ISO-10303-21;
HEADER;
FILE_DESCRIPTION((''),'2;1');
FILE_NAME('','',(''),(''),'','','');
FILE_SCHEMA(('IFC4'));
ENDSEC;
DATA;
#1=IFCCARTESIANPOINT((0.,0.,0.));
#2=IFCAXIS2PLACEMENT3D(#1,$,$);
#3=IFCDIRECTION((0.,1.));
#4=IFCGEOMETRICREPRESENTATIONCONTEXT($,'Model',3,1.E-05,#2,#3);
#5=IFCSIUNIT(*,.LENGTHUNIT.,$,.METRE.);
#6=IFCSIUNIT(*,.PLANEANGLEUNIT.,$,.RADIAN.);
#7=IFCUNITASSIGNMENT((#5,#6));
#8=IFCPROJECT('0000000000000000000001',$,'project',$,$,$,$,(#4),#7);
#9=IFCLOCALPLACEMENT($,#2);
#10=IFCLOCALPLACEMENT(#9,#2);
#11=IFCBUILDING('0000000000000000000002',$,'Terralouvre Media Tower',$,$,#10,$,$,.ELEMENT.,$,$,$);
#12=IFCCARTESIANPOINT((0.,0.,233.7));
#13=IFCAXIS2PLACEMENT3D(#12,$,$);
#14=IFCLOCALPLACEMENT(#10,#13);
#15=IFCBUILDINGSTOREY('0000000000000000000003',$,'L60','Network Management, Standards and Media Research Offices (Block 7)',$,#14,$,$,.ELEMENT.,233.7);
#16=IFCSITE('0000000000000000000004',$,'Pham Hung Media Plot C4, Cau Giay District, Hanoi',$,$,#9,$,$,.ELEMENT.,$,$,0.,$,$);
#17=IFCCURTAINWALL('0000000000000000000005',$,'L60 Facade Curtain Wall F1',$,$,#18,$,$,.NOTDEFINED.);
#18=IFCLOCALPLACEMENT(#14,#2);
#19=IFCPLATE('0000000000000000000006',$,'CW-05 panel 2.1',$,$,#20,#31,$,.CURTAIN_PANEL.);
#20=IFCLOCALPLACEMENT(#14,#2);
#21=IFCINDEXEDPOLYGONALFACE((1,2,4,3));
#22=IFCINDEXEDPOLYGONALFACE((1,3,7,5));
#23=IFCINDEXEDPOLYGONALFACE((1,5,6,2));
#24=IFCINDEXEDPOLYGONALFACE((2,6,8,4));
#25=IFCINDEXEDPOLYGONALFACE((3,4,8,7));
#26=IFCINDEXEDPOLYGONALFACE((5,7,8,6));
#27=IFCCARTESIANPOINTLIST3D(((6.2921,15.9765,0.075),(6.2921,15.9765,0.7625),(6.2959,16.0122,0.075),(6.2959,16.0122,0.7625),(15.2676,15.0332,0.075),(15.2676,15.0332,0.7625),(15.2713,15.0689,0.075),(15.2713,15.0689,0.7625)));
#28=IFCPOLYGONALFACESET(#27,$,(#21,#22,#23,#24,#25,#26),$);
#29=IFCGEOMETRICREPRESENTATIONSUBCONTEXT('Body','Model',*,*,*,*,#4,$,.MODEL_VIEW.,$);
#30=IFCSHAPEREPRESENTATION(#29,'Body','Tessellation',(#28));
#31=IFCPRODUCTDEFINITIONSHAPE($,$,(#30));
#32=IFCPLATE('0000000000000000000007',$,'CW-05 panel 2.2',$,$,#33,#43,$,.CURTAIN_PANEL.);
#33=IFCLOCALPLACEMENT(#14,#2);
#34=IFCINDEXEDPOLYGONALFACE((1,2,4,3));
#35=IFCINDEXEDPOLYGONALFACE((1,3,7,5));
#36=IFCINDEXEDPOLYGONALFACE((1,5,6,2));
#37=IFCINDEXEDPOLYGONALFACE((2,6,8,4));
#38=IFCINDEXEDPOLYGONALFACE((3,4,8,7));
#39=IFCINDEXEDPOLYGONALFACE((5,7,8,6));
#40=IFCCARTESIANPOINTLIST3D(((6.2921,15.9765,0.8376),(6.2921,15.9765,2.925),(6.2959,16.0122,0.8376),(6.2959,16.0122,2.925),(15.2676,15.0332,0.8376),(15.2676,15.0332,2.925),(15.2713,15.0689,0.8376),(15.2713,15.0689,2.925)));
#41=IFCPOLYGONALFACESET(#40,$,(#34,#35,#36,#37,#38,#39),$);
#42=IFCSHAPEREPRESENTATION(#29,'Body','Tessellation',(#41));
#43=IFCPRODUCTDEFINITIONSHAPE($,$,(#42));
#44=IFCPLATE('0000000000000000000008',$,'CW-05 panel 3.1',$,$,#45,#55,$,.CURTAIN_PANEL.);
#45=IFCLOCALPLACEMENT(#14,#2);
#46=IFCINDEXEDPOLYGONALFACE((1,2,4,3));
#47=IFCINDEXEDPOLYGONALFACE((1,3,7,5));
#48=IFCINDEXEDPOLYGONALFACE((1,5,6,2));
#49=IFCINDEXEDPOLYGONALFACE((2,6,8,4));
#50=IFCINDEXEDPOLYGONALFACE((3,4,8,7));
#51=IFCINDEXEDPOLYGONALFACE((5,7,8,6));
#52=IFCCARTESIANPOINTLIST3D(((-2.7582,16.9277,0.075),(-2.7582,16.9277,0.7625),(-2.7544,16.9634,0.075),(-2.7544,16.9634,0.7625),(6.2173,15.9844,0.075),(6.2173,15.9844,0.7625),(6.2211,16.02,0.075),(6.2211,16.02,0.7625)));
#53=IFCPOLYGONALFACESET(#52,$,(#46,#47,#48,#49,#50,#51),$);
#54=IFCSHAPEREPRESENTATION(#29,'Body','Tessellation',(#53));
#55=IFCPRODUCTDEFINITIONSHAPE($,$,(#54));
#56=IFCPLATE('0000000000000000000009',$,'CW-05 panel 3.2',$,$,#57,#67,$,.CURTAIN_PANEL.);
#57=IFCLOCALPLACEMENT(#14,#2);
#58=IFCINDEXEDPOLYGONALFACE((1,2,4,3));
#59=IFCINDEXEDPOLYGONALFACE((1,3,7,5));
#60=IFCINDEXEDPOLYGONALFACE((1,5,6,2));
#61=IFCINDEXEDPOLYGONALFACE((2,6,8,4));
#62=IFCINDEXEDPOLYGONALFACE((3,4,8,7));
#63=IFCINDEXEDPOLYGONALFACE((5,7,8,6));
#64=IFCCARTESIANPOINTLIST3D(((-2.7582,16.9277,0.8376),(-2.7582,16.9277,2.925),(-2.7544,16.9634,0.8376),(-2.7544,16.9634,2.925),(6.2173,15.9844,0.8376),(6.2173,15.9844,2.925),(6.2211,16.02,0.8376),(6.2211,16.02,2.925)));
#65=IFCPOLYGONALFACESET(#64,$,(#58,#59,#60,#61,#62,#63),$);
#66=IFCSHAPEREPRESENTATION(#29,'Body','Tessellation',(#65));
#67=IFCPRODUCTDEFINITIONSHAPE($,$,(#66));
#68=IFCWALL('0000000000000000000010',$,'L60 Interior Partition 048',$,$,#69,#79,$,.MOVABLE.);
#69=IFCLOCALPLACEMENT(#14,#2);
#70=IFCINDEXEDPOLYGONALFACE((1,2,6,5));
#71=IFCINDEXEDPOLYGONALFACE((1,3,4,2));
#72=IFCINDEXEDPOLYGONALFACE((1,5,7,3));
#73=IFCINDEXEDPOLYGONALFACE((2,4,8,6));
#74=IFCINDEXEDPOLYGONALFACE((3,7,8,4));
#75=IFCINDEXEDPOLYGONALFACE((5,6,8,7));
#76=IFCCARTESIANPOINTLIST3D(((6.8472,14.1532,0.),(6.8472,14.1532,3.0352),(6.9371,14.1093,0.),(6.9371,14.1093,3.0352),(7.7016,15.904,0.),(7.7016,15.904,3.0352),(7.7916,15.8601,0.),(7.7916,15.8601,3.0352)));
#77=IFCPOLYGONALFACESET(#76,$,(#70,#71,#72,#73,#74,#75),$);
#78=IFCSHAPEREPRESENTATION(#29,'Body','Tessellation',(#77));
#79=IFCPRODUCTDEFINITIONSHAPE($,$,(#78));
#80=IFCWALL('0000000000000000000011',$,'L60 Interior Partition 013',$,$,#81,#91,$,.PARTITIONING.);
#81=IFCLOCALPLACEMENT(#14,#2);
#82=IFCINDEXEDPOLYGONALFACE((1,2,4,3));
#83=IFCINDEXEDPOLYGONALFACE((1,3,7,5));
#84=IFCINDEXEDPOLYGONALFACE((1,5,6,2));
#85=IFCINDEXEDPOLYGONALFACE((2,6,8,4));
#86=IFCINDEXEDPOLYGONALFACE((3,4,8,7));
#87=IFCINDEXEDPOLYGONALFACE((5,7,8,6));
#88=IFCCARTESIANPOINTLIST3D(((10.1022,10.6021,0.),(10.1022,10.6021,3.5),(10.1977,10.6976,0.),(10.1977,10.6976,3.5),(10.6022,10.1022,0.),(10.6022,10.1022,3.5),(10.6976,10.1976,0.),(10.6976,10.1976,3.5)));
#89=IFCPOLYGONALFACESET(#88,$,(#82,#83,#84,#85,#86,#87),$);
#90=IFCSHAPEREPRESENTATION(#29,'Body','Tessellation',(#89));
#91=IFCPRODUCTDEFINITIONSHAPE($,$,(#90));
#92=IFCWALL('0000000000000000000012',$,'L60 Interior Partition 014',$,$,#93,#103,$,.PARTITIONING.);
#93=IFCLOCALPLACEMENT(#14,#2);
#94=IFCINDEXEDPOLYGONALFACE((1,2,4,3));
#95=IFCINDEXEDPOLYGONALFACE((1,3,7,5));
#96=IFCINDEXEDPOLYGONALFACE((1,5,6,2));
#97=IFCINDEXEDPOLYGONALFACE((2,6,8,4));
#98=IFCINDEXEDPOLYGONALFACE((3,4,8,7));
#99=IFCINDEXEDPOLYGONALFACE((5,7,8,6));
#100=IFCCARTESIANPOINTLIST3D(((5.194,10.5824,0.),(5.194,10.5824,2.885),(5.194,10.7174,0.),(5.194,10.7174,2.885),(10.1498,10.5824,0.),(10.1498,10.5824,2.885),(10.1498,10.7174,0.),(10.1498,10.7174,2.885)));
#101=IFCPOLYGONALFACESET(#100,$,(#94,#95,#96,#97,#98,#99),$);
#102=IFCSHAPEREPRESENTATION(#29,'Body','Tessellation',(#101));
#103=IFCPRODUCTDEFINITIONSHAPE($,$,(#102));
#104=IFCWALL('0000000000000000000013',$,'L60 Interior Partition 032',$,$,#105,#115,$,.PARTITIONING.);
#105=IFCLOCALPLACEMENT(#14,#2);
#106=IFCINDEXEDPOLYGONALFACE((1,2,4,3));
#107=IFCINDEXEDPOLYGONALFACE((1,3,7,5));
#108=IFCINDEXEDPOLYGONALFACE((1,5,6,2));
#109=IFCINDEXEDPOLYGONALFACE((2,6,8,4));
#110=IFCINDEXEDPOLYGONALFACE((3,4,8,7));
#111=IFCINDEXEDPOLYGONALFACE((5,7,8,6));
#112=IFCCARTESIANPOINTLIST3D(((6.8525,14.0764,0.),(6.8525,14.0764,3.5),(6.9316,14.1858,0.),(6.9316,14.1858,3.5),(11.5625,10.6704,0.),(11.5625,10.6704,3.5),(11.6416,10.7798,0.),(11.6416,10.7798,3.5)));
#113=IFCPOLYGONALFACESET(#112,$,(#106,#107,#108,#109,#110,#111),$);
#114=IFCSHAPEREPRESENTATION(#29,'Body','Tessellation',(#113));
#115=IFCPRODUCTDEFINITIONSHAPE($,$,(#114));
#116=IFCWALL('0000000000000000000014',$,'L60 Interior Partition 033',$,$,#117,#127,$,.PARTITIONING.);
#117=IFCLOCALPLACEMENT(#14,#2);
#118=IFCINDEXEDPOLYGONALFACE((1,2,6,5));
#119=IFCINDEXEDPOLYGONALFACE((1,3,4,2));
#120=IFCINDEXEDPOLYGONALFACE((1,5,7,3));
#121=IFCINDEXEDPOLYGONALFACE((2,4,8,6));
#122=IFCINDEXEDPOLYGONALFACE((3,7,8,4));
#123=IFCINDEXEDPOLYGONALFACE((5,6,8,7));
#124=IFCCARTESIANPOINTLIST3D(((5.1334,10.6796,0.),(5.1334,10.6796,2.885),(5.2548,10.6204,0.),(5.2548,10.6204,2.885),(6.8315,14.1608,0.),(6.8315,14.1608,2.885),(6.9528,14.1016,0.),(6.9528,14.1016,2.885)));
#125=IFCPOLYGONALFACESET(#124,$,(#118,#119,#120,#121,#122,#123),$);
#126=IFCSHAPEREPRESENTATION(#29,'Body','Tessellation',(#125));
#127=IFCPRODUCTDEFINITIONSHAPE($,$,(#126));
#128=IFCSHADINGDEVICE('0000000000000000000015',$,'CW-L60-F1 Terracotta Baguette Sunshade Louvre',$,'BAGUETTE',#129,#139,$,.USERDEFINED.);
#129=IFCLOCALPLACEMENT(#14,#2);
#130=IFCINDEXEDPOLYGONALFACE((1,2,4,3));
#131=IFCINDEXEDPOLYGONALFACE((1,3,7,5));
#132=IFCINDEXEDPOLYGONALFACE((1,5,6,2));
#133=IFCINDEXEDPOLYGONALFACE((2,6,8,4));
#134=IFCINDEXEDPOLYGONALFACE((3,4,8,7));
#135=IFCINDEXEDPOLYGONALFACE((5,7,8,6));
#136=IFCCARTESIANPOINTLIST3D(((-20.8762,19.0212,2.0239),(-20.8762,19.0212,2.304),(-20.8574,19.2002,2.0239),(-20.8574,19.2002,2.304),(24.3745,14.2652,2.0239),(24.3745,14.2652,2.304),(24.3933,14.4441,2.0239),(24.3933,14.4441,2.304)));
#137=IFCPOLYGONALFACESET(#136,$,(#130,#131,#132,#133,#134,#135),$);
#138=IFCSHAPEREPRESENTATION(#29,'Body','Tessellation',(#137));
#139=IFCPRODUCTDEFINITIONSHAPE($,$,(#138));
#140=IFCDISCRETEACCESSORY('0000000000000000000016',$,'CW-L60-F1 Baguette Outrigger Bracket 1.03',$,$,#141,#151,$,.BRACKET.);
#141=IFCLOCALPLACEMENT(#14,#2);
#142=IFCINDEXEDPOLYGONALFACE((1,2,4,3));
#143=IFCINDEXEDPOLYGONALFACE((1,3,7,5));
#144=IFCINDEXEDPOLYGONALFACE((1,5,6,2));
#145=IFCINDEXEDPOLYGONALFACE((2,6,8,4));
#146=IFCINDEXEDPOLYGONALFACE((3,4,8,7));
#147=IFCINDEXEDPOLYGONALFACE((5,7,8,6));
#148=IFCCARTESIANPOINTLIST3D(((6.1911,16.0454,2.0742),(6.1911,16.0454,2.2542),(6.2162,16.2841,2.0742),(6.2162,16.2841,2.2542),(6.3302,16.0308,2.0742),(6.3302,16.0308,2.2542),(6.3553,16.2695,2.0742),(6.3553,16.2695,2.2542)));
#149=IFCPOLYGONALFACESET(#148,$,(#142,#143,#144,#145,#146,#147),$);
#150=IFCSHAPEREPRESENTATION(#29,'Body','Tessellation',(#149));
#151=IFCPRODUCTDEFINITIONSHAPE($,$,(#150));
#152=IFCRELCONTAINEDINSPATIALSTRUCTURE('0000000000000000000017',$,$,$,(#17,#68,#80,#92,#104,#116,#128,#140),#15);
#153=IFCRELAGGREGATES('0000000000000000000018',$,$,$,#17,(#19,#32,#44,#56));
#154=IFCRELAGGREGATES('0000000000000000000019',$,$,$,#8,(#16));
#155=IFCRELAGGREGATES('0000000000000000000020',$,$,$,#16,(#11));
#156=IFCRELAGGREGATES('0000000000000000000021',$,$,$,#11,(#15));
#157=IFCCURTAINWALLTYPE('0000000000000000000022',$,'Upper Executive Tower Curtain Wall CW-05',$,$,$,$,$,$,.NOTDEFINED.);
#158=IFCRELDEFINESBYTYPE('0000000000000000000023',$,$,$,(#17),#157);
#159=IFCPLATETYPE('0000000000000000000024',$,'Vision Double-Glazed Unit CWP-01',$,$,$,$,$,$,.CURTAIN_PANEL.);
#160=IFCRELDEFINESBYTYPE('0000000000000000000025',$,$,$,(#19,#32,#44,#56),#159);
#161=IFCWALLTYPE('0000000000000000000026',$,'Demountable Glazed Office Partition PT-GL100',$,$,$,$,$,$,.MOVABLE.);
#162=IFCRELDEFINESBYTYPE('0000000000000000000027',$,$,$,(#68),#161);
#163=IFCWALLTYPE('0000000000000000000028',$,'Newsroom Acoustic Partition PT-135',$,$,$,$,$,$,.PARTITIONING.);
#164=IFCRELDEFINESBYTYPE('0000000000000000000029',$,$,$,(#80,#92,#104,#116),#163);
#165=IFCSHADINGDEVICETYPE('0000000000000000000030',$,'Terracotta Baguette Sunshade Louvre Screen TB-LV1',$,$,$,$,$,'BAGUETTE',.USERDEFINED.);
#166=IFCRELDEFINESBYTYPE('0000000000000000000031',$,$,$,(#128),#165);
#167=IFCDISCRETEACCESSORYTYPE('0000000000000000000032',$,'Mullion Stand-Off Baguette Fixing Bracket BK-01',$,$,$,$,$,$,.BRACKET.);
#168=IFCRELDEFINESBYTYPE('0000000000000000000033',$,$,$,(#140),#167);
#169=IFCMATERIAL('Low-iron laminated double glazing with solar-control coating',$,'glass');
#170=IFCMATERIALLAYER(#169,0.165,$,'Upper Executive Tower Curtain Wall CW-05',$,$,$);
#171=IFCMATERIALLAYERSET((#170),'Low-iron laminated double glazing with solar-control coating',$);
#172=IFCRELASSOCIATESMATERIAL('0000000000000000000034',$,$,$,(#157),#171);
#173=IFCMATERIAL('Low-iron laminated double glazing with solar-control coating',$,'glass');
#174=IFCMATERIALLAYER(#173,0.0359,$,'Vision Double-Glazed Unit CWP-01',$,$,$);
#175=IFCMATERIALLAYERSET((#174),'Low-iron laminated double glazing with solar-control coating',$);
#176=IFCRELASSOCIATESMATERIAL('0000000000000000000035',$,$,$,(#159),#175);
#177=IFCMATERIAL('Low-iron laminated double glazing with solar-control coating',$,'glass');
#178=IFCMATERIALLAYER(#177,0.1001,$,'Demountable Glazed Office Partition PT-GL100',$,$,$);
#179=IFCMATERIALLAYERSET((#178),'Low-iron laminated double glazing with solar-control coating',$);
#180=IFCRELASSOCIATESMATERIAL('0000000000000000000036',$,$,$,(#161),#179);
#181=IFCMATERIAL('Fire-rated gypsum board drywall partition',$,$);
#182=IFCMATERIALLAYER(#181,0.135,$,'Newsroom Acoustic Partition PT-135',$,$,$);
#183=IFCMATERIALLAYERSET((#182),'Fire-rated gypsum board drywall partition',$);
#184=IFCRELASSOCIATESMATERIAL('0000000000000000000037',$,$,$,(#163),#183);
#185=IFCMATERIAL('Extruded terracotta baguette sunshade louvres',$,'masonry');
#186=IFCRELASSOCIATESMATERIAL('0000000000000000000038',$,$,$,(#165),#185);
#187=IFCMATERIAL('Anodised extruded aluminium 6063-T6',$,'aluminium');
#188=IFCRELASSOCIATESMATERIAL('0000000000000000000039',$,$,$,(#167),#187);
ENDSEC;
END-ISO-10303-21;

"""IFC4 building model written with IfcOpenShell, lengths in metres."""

from ifc_helpers import new_model, si_unit, direction, frame, frame_2d, origin, origin_2d, place, context, subcontext, project, spatial, rectangle, extrude, material, layer, layer_set, type_object, element, aggregate, save


model = new_model("IFC4")

# Units and contexts
model_context = context("Model", 3, precision=1e-05, world=origin(), true_north=direction((0.0, 1.0)))
body_context = subcontext(model_context, "Body", "Model", "MODEL_VIEW")
ifc_project = project(units=[si_unit("LENGTHUNIT", "METRE"), si_unit("PLANEANGLEUNIT", "RADIAN")], contexts=[model_context])

# Site, building, storey
site_placement = place(None, origin())
site = spatial("IfcSite", under=ifc_project, at=site_placement, Name="Pham Hung Media Plot C4, Cau Giay District, Hanoi", CompositionType="ELEMENT", RefElevation=0.0)
building_placement = place(site_placement, origin())
building = spatial("IfcBuilding", under=site, at=building_placement, Name="Terralouvre Media Tower", CompositionType="ELEMENT")
storey_placement = place(building_placement, frame((0.0, 0.0, 233.7)))
storey = spatial("IfcBuildingStorey", under=building, at=storey_placement, Name="L60", Description="Network Management, Standards and Media Research Offices (Block 7)", CompositionType="ELEMENT", Elevation=233.7)

# Curtain wall
ifc_material_1 = material(Name="Low-iron laminated double glazing with solar-control coating", Category="glass")
ifc_layer_1 = layer(ifc_material_1, 0.165, Name="Upper Executive Tower Curtain Wall CW-05")
ifc_layer_set_1 = layer_set([ifc_layer_1], Name="Low-iron laminated double glazing with solar-control coating")
curtain_wall_type = type_object("IfcCurtainWallType", Name="Upper Executive Tower Curtain Wall CW-05", PredefinedType="NOTDEFINED", material=ifc_layer_set_1)
curtain_wall_placement = place(storey_placement, origin())
curtain_wall = element("IfcCurtainWall", 1, at=curtain_wall_placement, inside=storey, type_object=curtain_wall_type, Name="L60 Facade Curtain Wall F1", PredefinedType="NOTDEFINED")

# Plates
ifc_material_2 = material(Name="Low-iron laminated double glazing with solar-control coating", Category="glass")
ifc_layer_2 = layer(ifc_material_2, 0.0359, Name="Vision Double-Glazed Unit CWP-01")
ifc_layer_set_2 = layer_set([ifc_layer_2], Name="Low-iron laminated double glazing with solar-control coating")
plate_type = type_object("IfcPlateType", Name="Vision Double-Glazed Unit CWP-01", PredefinedType="CURTAIN_PANEL", material=ifc_layer_set_2)
plate_1_placement = place(storey_placement, frame((10.7817, 15.5227, 0.075), z_axis=(0.0, 0.0, 1.0), x_axis=(-0.994522, 0.104529, 0.0)))
plate_1 = element("IfcPlate", 2, at=plate_1_placement, type_object=plate_type, Name="CW-05 panel 2.1", PredefinedType="CURTAIN_PANEL", context=body_context, shape_type="SweptSolid", body=[
    extrude(rectangle(XDim=9.0249, YDim=0.0359, at=origin_2d()), origin(), (0.0, 0.0, 1.0), 0.6875),
])
plate_2_placement = place(storey_placement, frame((10.7817, 15.5227, 0.8376), z_axis=(0.0, 0.0, 1.0), x_axis=(-0.994522, 0.104529, 0.0)))
plate_2 = element("IfcPlate", 3, at=plate_2_placement, type_object=plate_type, Name="CW-05 panel 2.2", PredefinedType="CURTAIN_PANEL", context=body_context, shape_type="SweptSolid", body=[
    extrude(rectangle(XDim=9.0249, YDim=0.0359, at=origin_2d()), origin(), (0.0, 0.0, 1.0), 2.0874),
])
plate_3_placement = place(storey_placement, frame((1.7314, 16.4739, 0.075), z_axis=(0.0, 0.0, 1.0), x_axis=(-0.994522, 0.104529, 0.0)))
plate_3 = element("IfcPlate", 4, at=plate_3_placement, type_object=plate_type, Name="CW-05 panel 3.1", PredefinedType="CURTAIN_PANEL", context=body_context, shape_type="SweptSolid", body=[
    extrude(rectangle(XDim=9.0249, YDim=0.0359, at=origin_2d()), origin(), (0.0, 0.0, 1.0), 0.6875),
])
plate_4_placement = place(storey_placement, frame((1.7314, 16.4739, 0.8376), z_axis=(0.0, 0.0, 1.0), x_axis=(-0.994522, 0.104529, 0.0)))
plate_4 = element("IfcPlate", 5, at=plate_4_placement, type_object=plate_type, Name="CW-05 panel 3.2", PredefinedType="CURTAIN_PANEL", context=body_context, shape_type="SweptSolid", body=[
    extrude(rectangle(XDim=9.0249, YDim=0.0359, at=origin_2d()), origin(), (0.0, 0.0, 1.0), 2.0874),
])
aggregate(curtain_wall, [plate_1, plate_2, plate_3, plate_4])

# Walls
ifc_material_3 = material(Name="Low-iron laminated double glazing with solar-control coating", Category="glass")
ifc_layer_3 = layer(ifc_material_3, 0.1001, Name="Demountable Glazed Office Partition PT-GL100")
ifc_layer_set_3 = layer_set([ifc_layer_3], Name="Low-iron laminated double glazing with solar-control coating")
wall_type_1 = type_object("IfcWallType", Name="Demountable Glazed Office Partition PT-GL100", PredefinedType="MOVABLE", material=ifc_layer_set_3)
wall_1_placement = place(storey_placement, frame((7.7466, 15.8821, 0.0), z_axis=(0.0, 0.0, 1.0), x_axis=(-0.438572, -0.898696, 0.0)))
element("IfcWall", 6, at=wall_1_placement, inside=storey, type_object=wall_type_1, Name="L60 Interior Partition 048", PredefinedType="MOVABLE", context=body_context, shape_type="SweptSolid", body=[
    extrude(rectangle(XDim=1.9482, YDim=0.1001, at=frame_2d((0.9741, 0.0))), origin(), (0.0, 0.0, 1.0), 3.0352),
])
ifc_material_4 = material(Name="Fire-rated gypsum board drywall partition")
ifc_layer_4 = layer(ifc_material_4, 0.135, Name="Newsroom Acoustic Partition PT-135")
ifc_layer_set_4 = layer_set([ifc_layer_4], Name="Fire-rated gypsum board drywall partition")
wall_type_2 = type_object("IfcWallType", Name="Newsroom Acoustic Partition PT-135", PredefinedType="PARTITIONING", material=ifc_layer_set_4)
wall_2_placement = place(storey_placement, frame((10.6499, 10.1499, 0.0), z_axis=(0.0, 0.0, 1.0), x_axis=(-0.707107, 0.707107, 0.0)))
element("IfcWall", 7, at=wall_2_placement, inside=storey, type_object=wall_type_2, Name="L60 Interior Partition 013", PredefinedType="PARTITIONING", context=body_context, shape_type="SweptSolid", body=[
    extrude(rectangle(XDim=0.707, YDim=0.135, at=frame_2d((0.3535, 0.0))), origin(), (0.0, 0.0, 1.0), 3.5),
])
wall_3_placement = place(storey_placement, frame((10.1499, 10.6499, 0.0), z_axis=(0.0, 0.0, 1.0), x_axis=(-1.0, 0.0, 0.0)))
element("IfcWall", 8, at=wall_3_placement, inside=storey, type_object=wall_type_2, Name="L60 Interior Partition 014", PredefinedType="PARTITIONING", context=body_context, shape_type="SweptSolid", body=[
    extrude(rectangle(XDim=4.9558, YDim=0.135, at=frame_2d((2.478, 0.0))), origin(), (0.0, 0.0, 1.0), 2.885),
])

# Walls
wall_4_placement = place(storey_placement, frame((11.6021, 10.7251, 0.0), z_axis=(0.0, 0.0, 1.0), x_axis=(-0.810322, 0.585984, 0.0)))
element("IfcWall", 9, at=wall_4_placement, inside=storey, type_object=wall_type_2, Name="L60 Interior Partition 032", PredefinedType="PARTITIONING", context=body_context, shape_type="SweptSolid", body=[
    extrude(rectangle(XDim=5.8125, YDim=0.135, at=frame_2d((2.9062, 0.0))), origin(), (0.0, 0.0, 1.0), 3.5),
])
wall_5_placement = place(storey_placement, frame((6.8921, 14.1311, 0.0), z_axis=(0.0, 0.0, 1.0), x_axis=(-0.438393, -0.898784, 0.0)))
element("IfcWall", 10, at=wall_5_placement, inside=storey, type_object=wall_type_2, Name="L60 Interior Partition 033", PredefinedType="PARTITIONING", context=body_context, shape_type="SweptSolid", body=[
    extrude(rectangle(XDim=3.8733, YDim=0.135, at=frame_2d((1.9365, 0.0))), origin(), (0.0, 0.0, 1.0), 2.885),
])

# Shading device
ifc_material_5 = material(Name="Extruded terracotta baguette sunshade louvres", Category="masonry")
shading_device_type = type_object("IfcShadingDeviceType", Name="Terracotta Baguette Sunshade Louvre Screen TB-LV1", ElementType="BAGUETTE", PredefinedType="USERDEFINED", material=ifc_material_5)
shading_device_placement = place(storey_placement, frame((1.7585, 16.7327, 2.0239), z_axis=(0.0, 0.0, 1.0), x_axis=(-0.994522, 0.104529, 0.0)))
element("IfcShadingDevice", 11, at=shading_device_placement, inside=storey, type_object=shading_device_type, Name="CW-L60-F1 Terracotta Baguette Sunshade Louvre", ObjectType="BAGUETTE", PredefinedType="USERDEFINED", context=body_context, shape_type="SweptSolid", body=[
    extrude(rectangle(XDim=45.5, YDim=0.1799, at=origin_2d()), origin(), (0.0, 0.0, 1.0), 0.28),
])

# Discrete accessory
ifc_material_6 = material(Name="Anodised extruded aluminium 6063-T6", Category="aluminium")
discrete_accessory_type = type_object("IfcDiscreteAccessoryType", Name="Mullion Stand-Off Baguette Fixing Bracket BK-01", PredefinedType="BRACKET", material=ifc_material_6)
discrete_accessory_placement = place(storey_placement, frame((6.2732, 16.1575, 2.0742), z_axis=(0.0, 0.0, 1.0), x_axis=(-0.994522, 0.104529, 0.0)))
element("IfcDiscreteAccessory", 12, at=discrete_accessory_placement, inside=storey, type_object=discrete_accessory_type, Name="CW-L60-F1 Baguette Outrigger Bracket 1.03", PredefinedType="BRACKET", context=body_context, shape_type="SweptSolid", body=[
    extrude(rectangle(XDim=0.1399, YDim=0.24, at=origin_2d()), origin(), (0.0, 0.0, 1.0), 0.1799),
])

save(model, "model.ifc")
